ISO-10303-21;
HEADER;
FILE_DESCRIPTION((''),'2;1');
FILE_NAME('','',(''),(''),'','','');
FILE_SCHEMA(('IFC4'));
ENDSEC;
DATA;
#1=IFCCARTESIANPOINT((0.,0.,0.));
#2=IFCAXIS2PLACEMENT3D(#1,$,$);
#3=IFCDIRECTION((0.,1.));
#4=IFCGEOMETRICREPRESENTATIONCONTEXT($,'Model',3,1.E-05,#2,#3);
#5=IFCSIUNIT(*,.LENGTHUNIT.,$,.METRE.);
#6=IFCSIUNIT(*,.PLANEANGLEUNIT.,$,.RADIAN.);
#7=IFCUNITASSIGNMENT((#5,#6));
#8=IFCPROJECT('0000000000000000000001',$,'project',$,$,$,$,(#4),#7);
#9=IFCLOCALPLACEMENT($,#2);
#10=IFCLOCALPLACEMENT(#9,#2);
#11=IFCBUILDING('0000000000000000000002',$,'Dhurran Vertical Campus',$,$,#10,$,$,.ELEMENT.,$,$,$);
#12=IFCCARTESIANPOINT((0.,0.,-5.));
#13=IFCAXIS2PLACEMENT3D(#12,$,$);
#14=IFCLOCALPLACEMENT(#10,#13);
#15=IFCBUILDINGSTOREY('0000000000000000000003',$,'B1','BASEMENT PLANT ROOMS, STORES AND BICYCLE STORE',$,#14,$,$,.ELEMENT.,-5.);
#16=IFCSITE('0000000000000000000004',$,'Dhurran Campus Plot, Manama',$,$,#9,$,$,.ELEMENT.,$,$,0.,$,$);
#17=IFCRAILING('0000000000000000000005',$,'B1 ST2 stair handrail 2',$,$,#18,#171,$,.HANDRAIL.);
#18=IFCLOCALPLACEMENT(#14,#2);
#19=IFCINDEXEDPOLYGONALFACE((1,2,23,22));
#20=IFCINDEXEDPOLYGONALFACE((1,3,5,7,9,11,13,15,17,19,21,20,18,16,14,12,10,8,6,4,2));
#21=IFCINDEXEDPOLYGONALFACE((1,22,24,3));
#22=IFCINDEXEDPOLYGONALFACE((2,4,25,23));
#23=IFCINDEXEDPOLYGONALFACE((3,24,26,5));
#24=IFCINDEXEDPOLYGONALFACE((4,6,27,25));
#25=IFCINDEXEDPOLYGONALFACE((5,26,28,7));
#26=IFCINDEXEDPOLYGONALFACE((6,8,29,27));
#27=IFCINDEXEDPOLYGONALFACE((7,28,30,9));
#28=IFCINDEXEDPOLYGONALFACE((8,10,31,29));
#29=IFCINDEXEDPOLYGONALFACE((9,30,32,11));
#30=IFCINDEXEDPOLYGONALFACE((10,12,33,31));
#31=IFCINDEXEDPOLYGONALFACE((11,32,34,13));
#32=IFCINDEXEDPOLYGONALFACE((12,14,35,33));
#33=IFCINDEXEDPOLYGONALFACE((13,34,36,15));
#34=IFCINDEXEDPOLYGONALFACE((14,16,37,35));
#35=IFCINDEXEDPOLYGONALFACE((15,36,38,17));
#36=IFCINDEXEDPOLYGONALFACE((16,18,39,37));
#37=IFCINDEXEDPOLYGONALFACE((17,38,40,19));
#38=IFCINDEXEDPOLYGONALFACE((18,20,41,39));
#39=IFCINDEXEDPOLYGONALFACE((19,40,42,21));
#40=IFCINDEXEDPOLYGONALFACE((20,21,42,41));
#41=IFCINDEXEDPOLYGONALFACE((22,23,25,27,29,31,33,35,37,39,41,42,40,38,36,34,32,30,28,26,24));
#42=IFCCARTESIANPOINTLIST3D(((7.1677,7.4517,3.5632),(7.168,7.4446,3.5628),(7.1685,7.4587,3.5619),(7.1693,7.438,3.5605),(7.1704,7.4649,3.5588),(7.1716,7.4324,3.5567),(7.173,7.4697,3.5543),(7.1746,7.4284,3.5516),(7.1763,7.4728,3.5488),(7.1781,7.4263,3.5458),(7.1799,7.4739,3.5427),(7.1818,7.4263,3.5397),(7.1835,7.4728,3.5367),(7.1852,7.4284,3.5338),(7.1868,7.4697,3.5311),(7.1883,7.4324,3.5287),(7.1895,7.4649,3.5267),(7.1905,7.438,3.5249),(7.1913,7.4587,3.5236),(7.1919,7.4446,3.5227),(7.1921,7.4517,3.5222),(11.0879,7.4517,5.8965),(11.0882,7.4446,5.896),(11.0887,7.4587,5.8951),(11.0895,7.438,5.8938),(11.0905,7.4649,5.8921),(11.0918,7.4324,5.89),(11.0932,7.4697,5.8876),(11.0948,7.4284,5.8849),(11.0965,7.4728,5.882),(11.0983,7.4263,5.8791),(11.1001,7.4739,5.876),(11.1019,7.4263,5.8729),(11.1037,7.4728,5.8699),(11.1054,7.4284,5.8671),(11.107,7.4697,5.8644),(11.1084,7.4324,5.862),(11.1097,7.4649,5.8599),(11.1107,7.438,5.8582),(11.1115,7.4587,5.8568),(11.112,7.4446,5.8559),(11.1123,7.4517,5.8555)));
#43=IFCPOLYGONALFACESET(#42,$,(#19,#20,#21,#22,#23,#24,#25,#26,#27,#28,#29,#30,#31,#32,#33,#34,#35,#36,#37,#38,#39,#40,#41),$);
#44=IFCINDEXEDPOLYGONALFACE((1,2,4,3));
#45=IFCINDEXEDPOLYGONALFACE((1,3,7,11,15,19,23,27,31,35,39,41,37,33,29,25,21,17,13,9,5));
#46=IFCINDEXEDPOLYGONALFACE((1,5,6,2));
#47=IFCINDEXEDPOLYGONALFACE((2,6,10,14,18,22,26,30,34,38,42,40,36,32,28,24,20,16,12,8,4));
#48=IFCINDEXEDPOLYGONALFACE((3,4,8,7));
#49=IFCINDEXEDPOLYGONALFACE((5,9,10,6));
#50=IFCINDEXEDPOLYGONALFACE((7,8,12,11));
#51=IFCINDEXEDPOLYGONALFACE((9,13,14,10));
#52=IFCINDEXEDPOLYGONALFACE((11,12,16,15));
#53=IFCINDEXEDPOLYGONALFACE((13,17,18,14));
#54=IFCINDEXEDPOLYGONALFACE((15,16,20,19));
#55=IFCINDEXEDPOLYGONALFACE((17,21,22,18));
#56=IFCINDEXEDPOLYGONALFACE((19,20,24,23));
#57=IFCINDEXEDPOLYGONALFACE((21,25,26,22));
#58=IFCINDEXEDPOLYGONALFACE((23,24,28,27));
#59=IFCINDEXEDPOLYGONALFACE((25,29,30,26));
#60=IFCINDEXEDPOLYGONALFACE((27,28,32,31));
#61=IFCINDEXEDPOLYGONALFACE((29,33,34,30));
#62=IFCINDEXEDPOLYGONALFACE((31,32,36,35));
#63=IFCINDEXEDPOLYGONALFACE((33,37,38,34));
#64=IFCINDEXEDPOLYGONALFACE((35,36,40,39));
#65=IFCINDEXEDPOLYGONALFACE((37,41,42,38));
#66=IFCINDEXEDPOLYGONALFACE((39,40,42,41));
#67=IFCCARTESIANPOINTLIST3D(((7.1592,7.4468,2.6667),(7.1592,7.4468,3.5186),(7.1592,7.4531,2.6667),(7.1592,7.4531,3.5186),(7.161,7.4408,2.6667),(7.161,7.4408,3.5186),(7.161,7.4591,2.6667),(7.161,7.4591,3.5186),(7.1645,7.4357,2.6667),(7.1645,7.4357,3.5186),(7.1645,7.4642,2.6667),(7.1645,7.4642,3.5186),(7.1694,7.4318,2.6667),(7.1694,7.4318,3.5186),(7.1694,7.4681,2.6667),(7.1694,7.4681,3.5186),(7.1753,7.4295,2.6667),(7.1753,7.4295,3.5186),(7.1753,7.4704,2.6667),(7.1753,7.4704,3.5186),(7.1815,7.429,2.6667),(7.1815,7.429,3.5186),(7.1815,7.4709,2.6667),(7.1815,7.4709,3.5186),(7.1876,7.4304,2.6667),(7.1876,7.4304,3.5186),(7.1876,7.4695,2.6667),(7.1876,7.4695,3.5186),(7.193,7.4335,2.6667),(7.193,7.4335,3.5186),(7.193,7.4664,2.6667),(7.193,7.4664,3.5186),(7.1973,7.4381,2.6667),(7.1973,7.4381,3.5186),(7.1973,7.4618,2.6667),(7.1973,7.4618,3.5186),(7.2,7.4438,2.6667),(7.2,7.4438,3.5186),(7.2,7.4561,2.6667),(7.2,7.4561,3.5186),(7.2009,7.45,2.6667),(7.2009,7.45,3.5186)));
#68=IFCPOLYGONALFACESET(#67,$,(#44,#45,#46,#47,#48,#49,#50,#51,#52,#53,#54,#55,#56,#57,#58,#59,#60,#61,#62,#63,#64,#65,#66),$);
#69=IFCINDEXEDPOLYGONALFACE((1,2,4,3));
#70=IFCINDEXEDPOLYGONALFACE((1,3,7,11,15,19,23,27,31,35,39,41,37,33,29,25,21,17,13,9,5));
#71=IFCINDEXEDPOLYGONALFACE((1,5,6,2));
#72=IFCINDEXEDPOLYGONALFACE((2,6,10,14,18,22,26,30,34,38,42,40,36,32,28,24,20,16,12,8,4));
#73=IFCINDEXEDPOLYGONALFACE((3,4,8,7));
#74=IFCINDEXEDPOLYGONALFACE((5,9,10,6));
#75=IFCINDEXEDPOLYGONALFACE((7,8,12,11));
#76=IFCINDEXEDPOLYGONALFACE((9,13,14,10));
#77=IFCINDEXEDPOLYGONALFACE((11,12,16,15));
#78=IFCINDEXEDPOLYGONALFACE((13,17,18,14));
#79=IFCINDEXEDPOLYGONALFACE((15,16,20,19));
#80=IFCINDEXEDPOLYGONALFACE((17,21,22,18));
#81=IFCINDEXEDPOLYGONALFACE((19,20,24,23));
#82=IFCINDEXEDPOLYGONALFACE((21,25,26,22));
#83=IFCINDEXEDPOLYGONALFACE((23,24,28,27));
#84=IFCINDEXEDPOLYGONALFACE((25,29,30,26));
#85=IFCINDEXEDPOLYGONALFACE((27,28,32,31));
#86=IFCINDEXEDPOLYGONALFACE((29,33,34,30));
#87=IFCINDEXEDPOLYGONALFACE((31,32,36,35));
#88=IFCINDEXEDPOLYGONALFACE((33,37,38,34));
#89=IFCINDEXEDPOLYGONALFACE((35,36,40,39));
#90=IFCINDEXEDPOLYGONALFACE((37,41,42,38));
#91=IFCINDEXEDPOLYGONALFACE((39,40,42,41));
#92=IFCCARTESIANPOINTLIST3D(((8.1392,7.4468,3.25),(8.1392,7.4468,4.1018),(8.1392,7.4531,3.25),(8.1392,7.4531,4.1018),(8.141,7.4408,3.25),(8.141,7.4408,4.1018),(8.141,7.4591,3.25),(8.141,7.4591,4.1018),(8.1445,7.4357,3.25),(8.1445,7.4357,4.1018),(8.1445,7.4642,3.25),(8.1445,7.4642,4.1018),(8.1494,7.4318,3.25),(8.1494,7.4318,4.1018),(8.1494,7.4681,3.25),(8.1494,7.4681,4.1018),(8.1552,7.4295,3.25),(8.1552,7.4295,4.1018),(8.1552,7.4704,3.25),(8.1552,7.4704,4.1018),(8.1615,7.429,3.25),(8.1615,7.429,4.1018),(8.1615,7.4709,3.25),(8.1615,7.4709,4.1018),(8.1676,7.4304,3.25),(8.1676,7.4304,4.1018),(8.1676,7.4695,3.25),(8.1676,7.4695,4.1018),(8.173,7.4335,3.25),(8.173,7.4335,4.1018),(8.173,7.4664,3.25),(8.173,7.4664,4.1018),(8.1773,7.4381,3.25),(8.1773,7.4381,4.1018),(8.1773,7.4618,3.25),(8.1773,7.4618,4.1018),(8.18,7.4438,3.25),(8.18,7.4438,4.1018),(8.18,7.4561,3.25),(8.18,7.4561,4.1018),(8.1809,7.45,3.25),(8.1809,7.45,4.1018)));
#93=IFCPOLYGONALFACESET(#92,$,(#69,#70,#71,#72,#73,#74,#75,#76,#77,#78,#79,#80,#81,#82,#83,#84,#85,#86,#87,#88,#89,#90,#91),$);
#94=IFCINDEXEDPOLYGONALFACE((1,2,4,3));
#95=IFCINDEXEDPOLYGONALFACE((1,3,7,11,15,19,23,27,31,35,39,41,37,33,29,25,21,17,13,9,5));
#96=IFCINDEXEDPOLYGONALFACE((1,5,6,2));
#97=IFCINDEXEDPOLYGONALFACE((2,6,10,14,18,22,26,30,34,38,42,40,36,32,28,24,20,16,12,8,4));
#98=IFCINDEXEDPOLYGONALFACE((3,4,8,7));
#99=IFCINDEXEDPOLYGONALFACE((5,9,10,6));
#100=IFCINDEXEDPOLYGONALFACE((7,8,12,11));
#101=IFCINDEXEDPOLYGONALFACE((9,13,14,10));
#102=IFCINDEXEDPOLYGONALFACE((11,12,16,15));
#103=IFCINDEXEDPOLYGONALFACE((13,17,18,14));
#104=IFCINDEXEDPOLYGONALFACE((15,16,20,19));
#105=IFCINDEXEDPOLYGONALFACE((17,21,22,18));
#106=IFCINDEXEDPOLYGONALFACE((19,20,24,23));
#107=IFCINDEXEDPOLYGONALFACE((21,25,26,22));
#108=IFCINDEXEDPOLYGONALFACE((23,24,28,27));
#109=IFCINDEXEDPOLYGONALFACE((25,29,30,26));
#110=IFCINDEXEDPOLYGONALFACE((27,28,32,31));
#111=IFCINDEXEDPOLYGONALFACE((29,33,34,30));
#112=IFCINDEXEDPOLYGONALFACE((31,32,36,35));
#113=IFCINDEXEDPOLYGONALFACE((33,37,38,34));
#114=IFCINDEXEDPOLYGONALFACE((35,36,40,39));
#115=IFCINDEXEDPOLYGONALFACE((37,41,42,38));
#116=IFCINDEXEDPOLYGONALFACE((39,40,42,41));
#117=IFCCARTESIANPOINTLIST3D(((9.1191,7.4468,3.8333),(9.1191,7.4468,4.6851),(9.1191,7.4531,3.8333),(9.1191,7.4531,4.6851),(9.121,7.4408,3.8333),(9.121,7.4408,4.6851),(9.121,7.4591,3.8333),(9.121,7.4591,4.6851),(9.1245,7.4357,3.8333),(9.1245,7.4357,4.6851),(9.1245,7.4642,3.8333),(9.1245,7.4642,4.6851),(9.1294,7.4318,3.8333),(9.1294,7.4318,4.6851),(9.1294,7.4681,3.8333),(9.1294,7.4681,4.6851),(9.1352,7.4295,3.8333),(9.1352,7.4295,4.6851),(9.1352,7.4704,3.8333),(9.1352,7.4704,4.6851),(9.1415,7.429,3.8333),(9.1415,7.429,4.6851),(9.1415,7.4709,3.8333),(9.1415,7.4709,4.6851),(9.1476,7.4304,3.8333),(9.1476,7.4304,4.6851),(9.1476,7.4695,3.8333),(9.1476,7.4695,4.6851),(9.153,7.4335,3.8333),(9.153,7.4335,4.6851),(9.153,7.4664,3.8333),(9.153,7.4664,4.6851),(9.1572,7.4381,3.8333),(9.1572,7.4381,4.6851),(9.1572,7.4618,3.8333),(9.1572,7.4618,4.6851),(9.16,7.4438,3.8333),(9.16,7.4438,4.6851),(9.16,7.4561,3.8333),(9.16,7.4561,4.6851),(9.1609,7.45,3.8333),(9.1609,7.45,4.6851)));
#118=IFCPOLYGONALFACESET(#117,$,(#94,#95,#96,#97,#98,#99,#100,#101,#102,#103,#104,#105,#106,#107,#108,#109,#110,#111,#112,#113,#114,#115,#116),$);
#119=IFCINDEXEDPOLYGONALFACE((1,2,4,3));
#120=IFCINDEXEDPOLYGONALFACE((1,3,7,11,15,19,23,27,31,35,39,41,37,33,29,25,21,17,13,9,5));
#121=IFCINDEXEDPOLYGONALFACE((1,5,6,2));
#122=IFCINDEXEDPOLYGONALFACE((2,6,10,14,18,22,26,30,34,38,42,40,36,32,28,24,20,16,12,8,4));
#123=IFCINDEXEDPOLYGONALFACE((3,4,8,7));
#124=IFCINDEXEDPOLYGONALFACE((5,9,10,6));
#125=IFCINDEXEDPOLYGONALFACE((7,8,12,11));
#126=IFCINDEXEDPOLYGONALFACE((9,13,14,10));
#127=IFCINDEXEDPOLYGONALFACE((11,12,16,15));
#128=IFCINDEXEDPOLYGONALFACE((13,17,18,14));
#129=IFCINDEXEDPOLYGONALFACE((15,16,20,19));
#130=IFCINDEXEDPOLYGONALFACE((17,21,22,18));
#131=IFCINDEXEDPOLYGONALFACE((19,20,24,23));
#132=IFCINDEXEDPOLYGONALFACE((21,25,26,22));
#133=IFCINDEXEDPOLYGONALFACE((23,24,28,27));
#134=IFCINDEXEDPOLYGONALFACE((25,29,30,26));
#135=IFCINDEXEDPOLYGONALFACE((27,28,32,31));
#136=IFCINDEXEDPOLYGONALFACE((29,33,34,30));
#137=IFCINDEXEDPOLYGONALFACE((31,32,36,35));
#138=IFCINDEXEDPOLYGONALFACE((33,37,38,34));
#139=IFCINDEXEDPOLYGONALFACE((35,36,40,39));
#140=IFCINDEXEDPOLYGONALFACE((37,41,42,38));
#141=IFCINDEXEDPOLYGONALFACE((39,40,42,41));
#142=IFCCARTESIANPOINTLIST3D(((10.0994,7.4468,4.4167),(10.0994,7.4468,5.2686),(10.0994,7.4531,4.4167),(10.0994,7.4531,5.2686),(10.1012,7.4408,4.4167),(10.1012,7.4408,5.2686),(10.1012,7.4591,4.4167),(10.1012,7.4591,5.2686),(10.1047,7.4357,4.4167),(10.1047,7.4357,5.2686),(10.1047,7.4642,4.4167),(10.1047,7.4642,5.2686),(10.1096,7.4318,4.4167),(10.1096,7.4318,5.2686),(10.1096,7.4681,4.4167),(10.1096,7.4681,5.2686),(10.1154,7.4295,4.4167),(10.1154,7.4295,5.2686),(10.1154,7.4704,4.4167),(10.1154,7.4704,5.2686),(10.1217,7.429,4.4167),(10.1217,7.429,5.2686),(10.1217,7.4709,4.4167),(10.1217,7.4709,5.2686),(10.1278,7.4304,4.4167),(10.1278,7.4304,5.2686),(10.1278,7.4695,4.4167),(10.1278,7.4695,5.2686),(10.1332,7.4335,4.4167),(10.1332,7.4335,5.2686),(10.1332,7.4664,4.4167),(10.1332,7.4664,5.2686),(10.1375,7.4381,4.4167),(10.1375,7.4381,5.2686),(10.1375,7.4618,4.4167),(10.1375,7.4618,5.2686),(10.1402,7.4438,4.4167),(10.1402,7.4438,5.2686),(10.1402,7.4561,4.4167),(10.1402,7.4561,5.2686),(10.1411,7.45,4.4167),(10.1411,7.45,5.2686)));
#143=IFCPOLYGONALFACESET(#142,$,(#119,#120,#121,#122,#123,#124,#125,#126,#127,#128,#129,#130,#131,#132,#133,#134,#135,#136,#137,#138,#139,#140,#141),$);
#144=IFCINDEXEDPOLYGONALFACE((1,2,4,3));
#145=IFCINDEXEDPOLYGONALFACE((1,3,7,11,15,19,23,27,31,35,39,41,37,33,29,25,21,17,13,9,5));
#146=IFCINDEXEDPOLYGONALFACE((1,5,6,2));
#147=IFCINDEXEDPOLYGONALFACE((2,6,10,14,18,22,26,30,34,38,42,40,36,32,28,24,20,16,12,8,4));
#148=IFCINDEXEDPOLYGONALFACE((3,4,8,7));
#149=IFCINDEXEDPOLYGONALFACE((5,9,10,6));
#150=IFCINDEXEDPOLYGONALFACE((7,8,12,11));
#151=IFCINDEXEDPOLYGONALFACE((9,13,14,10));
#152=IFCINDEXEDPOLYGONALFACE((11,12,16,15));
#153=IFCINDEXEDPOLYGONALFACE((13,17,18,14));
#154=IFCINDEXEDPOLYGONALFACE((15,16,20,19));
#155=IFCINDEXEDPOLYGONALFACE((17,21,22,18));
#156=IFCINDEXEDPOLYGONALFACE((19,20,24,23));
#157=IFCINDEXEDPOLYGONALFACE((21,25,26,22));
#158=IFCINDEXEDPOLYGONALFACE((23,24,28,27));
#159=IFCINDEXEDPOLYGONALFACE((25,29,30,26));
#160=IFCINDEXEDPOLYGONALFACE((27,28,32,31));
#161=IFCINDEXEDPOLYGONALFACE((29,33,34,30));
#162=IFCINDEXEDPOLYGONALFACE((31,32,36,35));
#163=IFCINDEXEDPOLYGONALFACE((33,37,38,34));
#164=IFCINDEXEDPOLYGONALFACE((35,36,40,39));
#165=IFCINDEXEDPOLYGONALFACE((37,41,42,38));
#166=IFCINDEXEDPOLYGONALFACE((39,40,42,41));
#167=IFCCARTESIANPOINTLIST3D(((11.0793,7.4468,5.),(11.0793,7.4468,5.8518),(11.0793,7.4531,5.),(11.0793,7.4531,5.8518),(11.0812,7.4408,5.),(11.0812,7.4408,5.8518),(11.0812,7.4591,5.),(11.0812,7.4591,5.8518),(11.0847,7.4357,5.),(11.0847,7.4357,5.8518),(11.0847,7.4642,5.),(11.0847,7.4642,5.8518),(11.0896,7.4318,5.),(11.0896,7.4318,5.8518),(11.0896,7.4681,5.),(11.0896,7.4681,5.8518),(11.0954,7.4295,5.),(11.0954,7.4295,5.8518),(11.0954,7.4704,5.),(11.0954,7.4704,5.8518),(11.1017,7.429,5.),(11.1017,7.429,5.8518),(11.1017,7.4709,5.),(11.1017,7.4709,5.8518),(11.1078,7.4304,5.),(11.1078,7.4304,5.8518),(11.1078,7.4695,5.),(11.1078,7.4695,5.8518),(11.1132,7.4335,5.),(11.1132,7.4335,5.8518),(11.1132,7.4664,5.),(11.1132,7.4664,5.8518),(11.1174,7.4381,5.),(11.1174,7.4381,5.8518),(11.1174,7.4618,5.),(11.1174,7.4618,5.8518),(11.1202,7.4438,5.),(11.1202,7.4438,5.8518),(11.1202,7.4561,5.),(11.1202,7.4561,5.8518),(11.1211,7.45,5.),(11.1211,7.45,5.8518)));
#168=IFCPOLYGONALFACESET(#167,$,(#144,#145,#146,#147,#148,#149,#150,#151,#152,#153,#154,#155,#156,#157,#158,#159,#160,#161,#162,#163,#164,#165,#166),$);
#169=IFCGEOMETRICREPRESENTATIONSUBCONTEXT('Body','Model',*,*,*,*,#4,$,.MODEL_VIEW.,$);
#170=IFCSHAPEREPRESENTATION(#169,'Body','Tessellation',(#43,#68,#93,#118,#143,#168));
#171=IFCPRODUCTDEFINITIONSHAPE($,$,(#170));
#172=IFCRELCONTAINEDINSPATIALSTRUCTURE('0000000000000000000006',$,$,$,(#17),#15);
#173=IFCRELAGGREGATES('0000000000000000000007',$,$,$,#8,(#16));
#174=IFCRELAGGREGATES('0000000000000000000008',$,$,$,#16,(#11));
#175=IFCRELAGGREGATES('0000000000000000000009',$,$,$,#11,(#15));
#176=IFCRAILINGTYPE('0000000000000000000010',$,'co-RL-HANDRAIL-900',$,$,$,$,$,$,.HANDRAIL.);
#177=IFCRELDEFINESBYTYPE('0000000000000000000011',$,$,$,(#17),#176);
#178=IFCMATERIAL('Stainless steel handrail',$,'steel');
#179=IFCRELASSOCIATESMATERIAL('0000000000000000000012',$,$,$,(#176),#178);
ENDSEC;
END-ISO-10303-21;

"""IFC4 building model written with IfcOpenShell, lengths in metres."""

from ifc_helpers import new_model, si_unit, direction, frame, origin, origin_2d, place, context, subcontext, project, spatial, circle, extrude, material, type_object, element, save


model = new_model("IFC4")

# Units and contexts
model_context = context("Model", 3, precision=1e-05, world=origin(), true_north=direction((0.0, 1.0)))
body_context = subcontext(model_context, "Body", "Model", "MODEL_VIEW")
ifc_project = project(units=[si_unit("LENGTHUNIT", "METRE"), si_unit("PLANEANGLEUNIT", "RADIAN")], contexts=[model_context])

# Site, building, storey
site_placement = place(None, origin())
site = spatial("IfcSite", under=ifc_project, at=site_placement, Name="Dhurran Campus Plot, Manama", CompositionType="ELEMENT", RefElevation=0.0)
building_placement = place(site_placement, origin())
building = spatial("IfcBuilding", under=site, at=building_placement, Name="Dhurran Vertical Campus", CompositionType="ELEMENT")
storey_placement = place(building_placement, frame((0.0, 0.0, -5.0)))
storey = spatial("IfcBuildingStorey", under=building, at=storey_placement, Name="B1", Description="BASEMENT PLANT ROOMS, STORES AND BICYCLE STORE", CompositionType="ELEMENT", Elevation=-5.0)

# Railing
ifc_material_1 = material(Name="Stainless steel handrail", Category="steel")
railing_type_1 = type_object("IfcRailingType", Name="co-RL-HANDRAIL-900", PredefinedType="HANDRAIL", material=ifc_material_1)
railing_1_placement = place(storey_placement, frame((7.1799, 7.45, 2.6667)))
element("IfcRailing", 1, at=railing_1_placement, inside=storey, type_object=railing_type_1, Name="B1 ST2 stair handrail 2", PredefinedType="HANDRAIL", context=body_context, shape_type="SweptSolid", body=[
    extrude(circle(Radius=0.0239, at=origin_2d()), frame((0.0, 0.0, 0.876), z_axis=(0.85931, 0.0, 0.511455), x_axis=(0.0, 1.0, 0.0)), (0.0, 0.0, 1.0), 4.562),
    extrude(circle(Radius=0.021, at=origin_2d()), origin(), (0.0, 0.0, 1.0), 0.8518),
    extrude(circle(Radius=0.021, at=origin_2d()), frame((0.98, 0.0, 0.5833)), (0.0, 0.0, 1.0), 0.8518),
    extrude(circle(Radius=0.021, at=origin_2d()), frame((1.96, 0.0, 1.1665)), (0.0, 0.0, 1.0), 0.8518),
    extrude(circle(Radius=0.021, at=origin_2d()), frame((2.9402, 0.0, 1.75)), (0.0, 0.0, 1.0), 0.8518),
    extrude(circle(Radius=0.021, at=origin_2d()), frame((3.9202, 0.0, 2.3333)), (0.0, 0.0, 1.0), 0.8518),
])

save(model, "model.ifc")
